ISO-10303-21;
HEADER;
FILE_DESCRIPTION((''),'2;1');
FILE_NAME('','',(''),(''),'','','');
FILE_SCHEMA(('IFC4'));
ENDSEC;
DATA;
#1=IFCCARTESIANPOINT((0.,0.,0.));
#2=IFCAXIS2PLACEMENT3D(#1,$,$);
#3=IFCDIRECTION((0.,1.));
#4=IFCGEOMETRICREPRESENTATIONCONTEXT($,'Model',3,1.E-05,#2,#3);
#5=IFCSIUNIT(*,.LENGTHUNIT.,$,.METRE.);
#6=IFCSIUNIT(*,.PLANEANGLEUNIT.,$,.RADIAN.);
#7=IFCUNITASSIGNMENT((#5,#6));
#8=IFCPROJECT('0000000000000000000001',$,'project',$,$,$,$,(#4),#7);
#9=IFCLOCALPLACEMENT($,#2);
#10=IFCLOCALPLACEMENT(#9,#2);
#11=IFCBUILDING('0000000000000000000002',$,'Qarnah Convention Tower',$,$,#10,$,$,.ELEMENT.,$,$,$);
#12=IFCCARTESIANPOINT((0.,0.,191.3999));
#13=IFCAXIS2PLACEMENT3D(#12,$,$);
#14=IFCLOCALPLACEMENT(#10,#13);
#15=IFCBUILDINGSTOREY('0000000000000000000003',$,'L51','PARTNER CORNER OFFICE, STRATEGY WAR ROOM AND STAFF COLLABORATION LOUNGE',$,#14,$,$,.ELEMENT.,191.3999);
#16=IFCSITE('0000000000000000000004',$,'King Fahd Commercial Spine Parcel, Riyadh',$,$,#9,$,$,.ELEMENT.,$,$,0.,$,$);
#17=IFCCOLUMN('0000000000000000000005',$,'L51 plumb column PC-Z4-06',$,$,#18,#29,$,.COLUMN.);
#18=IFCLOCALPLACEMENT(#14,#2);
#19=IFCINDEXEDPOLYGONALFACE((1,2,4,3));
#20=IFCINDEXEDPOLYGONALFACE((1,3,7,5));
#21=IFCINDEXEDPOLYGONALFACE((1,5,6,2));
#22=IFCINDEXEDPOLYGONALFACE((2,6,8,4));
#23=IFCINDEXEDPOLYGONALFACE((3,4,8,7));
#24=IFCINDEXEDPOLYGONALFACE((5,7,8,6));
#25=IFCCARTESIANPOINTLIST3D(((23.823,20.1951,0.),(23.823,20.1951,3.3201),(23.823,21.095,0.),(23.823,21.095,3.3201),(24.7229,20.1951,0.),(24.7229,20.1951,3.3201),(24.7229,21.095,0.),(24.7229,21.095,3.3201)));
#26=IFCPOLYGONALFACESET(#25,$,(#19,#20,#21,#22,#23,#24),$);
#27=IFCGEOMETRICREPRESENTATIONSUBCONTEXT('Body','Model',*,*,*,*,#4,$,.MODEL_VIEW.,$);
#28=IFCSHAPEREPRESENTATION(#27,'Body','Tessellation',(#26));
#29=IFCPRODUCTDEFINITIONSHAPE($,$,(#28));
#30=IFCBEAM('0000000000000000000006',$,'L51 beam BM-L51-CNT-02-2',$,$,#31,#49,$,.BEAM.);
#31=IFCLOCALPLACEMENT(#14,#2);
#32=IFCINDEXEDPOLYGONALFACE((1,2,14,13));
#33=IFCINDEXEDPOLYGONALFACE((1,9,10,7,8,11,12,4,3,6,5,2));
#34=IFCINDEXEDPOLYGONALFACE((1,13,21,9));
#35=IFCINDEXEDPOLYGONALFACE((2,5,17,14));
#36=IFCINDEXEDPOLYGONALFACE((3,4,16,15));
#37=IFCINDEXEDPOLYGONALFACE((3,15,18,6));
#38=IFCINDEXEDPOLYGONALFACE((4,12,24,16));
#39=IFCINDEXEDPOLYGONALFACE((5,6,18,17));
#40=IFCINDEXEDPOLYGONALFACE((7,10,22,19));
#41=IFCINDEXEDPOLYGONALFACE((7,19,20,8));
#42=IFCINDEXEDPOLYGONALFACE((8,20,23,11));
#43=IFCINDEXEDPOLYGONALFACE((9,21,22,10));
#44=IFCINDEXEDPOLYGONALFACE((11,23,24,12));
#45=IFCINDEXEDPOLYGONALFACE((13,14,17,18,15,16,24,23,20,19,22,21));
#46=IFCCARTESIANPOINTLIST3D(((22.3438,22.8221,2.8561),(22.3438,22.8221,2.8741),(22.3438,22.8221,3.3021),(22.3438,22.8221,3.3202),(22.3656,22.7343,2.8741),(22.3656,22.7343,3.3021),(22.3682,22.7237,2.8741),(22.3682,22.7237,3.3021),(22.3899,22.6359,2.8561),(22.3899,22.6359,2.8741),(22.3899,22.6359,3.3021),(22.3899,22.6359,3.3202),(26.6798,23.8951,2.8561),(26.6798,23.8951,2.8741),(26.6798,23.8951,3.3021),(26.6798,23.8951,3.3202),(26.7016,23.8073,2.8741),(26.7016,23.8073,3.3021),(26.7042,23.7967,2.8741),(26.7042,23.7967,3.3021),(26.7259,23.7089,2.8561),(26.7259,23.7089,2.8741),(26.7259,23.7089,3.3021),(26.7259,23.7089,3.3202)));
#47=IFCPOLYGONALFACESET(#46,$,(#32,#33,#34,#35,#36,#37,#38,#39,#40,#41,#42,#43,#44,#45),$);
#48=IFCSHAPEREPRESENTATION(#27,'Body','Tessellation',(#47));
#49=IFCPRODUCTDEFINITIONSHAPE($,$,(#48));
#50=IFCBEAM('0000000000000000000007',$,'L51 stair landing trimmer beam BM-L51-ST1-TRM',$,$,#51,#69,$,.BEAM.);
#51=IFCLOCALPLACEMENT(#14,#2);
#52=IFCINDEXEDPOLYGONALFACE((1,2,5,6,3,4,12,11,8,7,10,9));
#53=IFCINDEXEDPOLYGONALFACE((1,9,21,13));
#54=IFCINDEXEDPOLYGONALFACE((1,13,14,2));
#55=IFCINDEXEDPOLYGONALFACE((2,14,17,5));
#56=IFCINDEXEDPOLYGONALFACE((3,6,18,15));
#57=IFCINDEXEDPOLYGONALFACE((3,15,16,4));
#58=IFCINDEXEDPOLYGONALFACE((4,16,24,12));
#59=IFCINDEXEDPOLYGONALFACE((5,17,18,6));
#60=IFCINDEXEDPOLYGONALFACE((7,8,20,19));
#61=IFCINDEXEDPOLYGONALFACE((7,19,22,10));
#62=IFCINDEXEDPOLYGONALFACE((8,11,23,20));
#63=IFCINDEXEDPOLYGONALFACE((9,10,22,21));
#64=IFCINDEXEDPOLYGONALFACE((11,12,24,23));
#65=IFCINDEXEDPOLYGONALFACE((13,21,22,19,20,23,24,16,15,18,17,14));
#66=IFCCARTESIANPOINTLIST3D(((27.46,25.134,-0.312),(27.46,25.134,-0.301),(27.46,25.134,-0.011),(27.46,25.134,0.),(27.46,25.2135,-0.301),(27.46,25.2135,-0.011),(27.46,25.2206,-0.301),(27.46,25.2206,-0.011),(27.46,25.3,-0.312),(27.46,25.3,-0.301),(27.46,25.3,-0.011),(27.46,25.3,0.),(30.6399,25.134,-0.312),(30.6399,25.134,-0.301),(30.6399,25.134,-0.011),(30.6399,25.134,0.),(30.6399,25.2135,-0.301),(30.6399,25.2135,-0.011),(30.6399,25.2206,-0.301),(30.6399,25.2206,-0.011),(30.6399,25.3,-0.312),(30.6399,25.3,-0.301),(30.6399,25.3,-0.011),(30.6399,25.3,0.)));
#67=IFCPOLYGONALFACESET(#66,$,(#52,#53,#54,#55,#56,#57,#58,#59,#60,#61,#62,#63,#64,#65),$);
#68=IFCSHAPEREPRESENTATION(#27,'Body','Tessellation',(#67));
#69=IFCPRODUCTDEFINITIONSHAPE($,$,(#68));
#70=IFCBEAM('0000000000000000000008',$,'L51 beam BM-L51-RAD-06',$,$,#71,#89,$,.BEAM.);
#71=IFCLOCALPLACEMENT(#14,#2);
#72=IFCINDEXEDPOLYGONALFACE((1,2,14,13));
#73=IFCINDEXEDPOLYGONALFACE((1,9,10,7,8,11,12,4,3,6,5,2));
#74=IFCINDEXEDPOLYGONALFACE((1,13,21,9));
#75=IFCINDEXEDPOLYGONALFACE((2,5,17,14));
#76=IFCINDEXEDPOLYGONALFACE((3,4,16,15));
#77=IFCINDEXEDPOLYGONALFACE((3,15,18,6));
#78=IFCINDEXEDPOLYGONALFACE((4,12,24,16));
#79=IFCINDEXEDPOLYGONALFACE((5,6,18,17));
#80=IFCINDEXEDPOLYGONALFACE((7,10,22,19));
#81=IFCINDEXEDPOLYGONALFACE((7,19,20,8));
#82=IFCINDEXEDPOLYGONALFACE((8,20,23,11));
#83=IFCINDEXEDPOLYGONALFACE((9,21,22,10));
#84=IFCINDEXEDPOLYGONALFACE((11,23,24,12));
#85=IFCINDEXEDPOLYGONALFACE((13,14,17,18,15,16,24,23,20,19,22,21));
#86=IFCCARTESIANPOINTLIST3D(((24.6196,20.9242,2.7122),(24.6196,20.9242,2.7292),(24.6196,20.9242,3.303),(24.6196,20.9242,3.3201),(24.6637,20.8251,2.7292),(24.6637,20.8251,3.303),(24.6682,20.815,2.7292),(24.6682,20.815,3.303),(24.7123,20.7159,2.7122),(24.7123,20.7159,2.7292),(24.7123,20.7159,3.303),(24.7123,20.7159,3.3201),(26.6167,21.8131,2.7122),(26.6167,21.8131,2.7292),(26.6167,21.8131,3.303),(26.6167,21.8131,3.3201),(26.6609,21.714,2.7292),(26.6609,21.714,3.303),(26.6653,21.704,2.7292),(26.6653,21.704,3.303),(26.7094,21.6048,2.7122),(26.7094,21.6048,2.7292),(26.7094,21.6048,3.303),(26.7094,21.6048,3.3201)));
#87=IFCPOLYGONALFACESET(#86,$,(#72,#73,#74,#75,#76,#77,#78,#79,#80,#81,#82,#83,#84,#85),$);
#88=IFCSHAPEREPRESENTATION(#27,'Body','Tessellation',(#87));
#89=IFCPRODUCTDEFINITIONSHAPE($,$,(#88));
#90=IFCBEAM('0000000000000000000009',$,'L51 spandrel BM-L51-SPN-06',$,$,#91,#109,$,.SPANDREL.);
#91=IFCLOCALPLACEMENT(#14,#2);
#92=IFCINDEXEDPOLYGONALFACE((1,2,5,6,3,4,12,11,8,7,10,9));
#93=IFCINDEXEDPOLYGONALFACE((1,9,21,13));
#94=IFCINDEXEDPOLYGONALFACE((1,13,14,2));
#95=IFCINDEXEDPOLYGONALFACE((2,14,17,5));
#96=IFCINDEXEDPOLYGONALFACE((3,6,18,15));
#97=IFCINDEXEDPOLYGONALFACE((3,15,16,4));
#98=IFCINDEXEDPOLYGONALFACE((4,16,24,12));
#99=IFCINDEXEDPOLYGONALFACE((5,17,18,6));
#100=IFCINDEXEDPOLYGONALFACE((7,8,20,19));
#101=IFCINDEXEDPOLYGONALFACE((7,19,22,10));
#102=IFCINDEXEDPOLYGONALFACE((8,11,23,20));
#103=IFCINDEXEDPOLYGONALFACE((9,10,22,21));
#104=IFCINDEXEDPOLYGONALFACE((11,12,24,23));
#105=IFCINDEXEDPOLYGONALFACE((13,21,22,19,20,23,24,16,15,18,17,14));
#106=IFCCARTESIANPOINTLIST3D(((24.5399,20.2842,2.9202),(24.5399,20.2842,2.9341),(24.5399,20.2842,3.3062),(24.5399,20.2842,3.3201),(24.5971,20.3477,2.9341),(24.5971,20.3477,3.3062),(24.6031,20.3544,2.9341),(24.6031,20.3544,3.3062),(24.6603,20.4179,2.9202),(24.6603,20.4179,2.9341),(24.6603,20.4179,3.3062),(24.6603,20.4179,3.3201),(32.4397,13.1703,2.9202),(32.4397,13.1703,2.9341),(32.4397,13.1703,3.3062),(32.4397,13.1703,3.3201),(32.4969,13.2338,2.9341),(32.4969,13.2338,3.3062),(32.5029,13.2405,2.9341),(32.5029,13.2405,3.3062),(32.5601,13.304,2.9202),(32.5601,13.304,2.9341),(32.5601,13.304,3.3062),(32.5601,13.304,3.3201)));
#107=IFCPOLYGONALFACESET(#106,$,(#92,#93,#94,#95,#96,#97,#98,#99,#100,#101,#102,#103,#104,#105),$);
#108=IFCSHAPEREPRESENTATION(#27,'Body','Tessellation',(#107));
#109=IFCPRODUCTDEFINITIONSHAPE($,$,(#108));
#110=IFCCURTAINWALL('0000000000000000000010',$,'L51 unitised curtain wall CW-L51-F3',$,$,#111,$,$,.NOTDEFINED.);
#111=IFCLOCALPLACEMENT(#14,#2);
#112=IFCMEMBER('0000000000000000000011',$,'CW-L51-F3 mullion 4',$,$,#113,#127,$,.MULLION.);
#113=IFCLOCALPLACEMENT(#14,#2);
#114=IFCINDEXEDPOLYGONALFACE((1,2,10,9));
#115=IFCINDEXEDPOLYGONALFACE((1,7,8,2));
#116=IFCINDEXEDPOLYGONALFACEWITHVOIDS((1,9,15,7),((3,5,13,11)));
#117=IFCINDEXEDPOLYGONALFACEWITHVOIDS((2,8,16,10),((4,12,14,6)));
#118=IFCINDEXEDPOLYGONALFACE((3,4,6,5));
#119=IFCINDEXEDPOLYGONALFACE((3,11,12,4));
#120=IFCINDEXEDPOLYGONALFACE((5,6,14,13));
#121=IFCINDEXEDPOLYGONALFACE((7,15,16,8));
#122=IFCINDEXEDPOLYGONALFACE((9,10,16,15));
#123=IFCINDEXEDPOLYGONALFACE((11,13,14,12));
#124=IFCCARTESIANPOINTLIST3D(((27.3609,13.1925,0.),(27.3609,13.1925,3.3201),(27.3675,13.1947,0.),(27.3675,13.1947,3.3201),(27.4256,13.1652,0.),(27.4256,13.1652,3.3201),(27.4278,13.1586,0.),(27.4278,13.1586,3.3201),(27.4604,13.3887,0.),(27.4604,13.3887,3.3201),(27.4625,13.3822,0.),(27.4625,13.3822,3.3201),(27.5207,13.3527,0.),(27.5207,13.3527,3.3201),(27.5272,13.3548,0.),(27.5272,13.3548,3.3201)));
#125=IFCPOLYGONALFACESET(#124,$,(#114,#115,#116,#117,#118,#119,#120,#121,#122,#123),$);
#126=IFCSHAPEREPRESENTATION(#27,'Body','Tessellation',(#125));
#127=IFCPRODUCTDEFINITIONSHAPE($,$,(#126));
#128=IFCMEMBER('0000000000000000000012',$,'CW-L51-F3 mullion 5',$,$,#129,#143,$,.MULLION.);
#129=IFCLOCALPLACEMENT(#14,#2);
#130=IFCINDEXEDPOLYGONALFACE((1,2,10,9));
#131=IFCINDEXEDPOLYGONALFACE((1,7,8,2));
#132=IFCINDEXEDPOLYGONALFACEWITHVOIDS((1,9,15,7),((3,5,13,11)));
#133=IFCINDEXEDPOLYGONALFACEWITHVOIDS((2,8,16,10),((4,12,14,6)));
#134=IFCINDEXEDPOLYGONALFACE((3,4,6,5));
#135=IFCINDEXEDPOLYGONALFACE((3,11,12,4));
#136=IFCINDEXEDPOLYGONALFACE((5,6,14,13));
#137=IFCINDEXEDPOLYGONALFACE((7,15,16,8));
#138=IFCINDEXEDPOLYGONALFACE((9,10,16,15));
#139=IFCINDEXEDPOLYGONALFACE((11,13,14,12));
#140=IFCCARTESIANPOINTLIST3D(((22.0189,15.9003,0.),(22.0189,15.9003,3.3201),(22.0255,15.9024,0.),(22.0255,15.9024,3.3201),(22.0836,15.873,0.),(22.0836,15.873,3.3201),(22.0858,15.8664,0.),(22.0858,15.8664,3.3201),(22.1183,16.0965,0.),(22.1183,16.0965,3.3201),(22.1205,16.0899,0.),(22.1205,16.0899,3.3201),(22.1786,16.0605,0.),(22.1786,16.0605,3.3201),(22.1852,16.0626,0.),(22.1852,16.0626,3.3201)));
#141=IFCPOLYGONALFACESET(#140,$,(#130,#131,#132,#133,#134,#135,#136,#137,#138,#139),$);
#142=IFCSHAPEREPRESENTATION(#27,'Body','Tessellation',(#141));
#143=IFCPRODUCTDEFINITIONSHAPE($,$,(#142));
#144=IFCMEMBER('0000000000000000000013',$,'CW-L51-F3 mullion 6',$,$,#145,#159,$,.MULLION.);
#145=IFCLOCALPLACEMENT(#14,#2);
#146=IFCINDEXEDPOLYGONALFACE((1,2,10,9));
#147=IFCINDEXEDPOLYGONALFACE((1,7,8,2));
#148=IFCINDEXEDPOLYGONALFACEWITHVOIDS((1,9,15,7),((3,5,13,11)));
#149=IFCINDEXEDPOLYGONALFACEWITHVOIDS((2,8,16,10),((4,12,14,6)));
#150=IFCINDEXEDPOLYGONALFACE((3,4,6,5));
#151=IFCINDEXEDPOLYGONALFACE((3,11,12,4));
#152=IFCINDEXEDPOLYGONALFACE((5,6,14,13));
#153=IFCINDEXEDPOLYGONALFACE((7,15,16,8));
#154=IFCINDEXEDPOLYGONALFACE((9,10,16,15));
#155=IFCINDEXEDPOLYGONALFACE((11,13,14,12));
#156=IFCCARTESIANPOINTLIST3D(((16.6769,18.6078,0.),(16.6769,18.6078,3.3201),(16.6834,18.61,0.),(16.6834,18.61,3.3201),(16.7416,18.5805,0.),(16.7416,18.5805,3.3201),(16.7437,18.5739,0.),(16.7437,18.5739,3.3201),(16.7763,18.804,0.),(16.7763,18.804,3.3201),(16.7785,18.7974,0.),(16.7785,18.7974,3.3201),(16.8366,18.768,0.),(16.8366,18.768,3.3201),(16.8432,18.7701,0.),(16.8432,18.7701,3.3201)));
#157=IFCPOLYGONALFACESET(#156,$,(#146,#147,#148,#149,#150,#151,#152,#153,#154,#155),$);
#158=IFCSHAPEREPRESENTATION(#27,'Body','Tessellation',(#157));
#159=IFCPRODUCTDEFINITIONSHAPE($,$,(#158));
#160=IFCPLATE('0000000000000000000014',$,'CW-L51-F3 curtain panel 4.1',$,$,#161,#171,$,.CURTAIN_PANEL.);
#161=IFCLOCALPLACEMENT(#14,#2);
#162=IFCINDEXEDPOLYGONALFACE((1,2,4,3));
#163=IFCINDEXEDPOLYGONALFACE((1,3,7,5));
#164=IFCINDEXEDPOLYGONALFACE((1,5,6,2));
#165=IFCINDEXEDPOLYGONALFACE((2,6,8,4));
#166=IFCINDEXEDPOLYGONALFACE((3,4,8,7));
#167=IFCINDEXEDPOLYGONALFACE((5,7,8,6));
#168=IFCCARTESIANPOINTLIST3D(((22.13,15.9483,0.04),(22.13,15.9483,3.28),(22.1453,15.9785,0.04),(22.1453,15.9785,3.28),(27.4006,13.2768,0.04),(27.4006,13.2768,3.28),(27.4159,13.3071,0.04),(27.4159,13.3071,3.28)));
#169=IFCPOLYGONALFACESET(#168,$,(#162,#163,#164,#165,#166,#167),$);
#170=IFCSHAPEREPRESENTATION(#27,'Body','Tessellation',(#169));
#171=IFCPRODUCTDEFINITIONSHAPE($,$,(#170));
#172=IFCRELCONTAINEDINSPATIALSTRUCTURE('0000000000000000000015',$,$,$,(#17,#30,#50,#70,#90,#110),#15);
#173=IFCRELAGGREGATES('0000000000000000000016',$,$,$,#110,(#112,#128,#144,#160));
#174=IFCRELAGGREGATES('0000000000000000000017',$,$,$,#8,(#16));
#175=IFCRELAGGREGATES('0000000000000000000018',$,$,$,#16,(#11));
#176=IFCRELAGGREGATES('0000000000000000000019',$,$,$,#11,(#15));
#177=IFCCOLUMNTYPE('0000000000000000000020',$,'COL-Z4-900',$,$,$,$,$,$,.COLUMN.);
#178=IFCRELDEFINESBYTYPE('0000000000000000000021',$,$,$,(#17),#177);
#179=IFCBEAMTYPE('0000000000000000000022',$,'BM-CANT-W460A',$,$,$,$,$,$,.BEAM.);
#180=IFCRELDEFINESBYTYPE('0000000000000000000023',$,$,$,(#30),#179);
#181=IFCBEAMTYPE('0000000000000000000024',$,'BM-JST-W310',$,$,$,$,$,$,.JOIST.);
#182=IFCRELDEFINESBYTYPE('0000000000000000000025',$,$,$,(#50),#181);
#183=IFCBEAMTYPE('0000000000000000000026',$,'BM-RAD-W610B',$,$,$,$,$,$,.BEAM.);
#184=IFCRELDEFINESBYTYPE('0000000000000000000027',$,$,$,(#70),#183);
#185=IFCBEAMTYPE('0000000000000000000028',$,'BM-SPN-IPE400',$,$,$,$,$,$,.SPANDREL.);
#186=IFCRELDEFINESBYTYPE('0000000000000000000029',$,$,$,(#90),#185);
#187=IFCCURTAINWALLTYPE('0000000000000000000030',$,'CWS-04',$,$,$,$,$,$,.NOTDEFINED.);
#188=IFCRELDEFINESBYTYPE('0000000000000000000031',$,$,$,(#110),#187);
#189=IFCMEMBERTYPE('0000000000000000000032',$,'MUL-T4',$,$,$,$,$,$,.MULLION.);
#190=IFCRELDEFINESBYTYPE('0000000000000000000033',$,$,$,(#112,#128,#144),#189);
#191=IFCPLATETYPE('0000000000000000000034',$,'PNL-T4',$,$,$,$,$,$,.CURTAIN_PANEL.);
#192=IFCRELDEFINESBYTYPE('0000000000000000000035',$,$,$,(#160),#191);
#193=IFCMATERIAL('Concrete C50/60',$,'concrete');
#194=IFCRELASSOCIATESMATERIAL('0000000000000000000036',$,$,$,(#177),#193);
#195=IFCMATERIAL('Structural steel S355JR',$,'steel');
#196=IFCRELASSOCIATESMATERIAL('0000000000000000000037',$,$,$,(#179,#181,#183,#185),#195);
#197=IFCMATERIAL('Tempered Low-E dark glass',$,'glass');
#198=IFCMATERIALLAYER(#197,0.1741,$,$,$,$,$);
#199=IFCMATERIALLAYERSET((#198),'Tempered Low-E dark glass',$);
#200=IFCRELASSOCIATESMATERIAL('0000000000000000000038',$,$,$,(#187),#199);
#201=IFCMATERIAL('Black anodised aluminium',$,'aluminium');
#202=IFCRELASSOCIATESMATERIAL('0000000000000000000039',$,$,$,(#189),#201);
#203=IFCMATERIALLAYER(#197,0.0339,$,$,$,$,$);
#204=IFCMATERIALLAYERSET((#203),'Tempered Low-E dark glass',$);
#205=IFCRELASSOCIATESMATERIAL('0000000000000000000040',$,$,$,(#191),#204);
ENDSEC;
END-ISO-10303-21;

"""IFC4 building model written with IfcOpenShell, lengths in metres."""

from ifc_helpers import new_model, si_unit, direction, frame, origin, origin_2d, place, context, subcontext, project, spatial, rectangle, hollow_rectangle, i_section, extrude, material, layer, layer_set, material_profile, profile_set, type_object, element, aggregate, save


model = new_model("IFC4")

# Units and contexts
model_context = context("Model", 3, precision=1e-05, world=origin(), true_north=direction((0.0, 1.0)))
body_context = subcontext(model_context, "Body", "Model", "MODEL_VIEW")
ifc_project = project(units=[si_unit("LENGTHUNIT", "METRE"), si_unit("PLANEANGLEUNIT", "RADIAN")], contexts=[model_context])

# Site, building, storey
site_placement = place(None, origin())
site = spatial("IfcSite", under=ifc_project, at=site_placement, Name="King Fahd Commercial Spine Parcel, Riyadh", CompositionType="ELEMENT", RefElevation=0.0)
building_placement = place(site_placement, origin())
building = spatial("IfcBuilding", under=site, at=building_placement, Name="Qarnah Convention Tower", CompositionType="ELEMENT")
storey_placement = place(building_placement, frame((0.0, 0.0, 191.3999)))
storey = spatial("IfcBuildingStorey", under=building, at=storey_placement, Name="L51", Description="PARTNER CORNER OFFICE, STRATEGY WAR ROOM AND STAFF COLLABORATION LOUNGE", CompositionType="ELEMENT", Elevation=191.3999)

# Column
ifc_material_1 = material(Name="Concrete C50/60", Category="concrete")
ifc_material_profile_1 = material_profile(ifc_material_1, rectangle(XDim=0.8999, YDim=0.8999, at=origin_2d()), Name="RC-COL-900X900")
ifc_profile_set_1 = profile_set([ifc_material_profile_1], Name="Concrete C50/60")
column_type = type_object("IfcColumnType", Name="COL-Z4-900", PredefinedType="COLUMN", material=ifc_profile_set_1)
column_placement = place(storey_placement, frame((24.2729, 20.645, 0.0), z_axis=(0.0, 0.0, 1.0), x_axis=(1.0, 0.0, 0.0)))
element("IfcColumn", 1, at=column_placement, inside=storey, type_object=column_type, Name="L51 plumb column PC-Z4-06", PredefinedType="COLUMN", context=body_context, shape_type="SweptSolid", body=[
    extrude(rectangle(XDim=0.8999, YDim=0.8999, at=origin_2d()), origin(), (0.0, 0.0, 1.0), 3.3201),
])

# Beams
ifc_material_2 = material(Name="Structural steel S355JR", Category="steel")
ifc_material_profile_2 = material_profile(ifc_material_2, i_section(OverallWidth=0.1919, OverallDepth=0.4641, WebThickness=0.011, FlangeThickness=0.0181, at=origin_2d()), Name="W460X89")
ifc_profile_set_2 = profile_set([ifc_material_profile_2], Name="Structural steel S355JR")
beam_type_1 = type_object("IfcBeamType", Name="BM-CANT-W460A", PredefinedType="BEAM", material=ifc_profile_set_2)
beam_1_placement = place(storey_placement, frame((26.7029, 23.802, 3.0881), z_axis=(-0.970718, -0.24022, 0.0), x_axis=(0.24022, -0.970718, 0.0)))
element("IfcBeam", 2, at=beam_1_placement, inside=storey, type_object=beam_type_1, Name="L51 beam BM-L51-CNT-02-2", PredefinedType="BEAM", context=body_context, shape_type="SweptSolid", body=[
    extrude(i_section(OverallWidth=0.1919, OverallDepth=0.4641, WebThickness=0.011, FlangeThickness=0.0181, at=origin_2d()), origin(), (0.0, 0.0, 1.0), 4.4668),
])
ifc_material_profile_3 = material_profile(ifc_material_2, i_section(OverallWidth=0.166, OverallDepth=0.312, WebThickness=0.0071, FlangeThickness=0.011, at=origin_2d()), Name="W310X45")
ifc_profile_set_3 = profile_set([ifc_material_profile_3], Name="Structural steel S355JR")
beam_type_2 = type_object("IfcBeamType", Name="BM-JST-W310", PredefinedType="JOIST", material=ifc_profile_set_3)
beam_2_placement = place(storey_placement, frame((27.46, 25.217, -0.156), z_axis=(1.0, 0.0, 0.0), x_axis=(0.0, 1.0, 0.0)))
element("IfcBeam", 3, at=beam_2_placement, inside=storey, type_object=beam_type_2, Name="L51 stair landing trimmer beam BM-L51-ST1-TRM", PredefinedType="BEAM", context=body_context, shape_type="SweptSolid", body=[
    extrude(i_section(OverallWidth=0.166, OverallDepth=0.312, WebThickness=0.0071, FlangeThickness=0.011, at=origin_2d()), origin(), (0.0, 0.0, 1.0), 3.1799),
])
ifc_material_profile_4 = material_profile(ifc_material_2, i_section(OverallWidth=0.228, OverallDepth=0.6079, WebThickness=0.011, FlangeThickness=0.0171, at=origin_2d()), Name="W610X113")
ifc_profile_set_4 = profile_set([ifc_material_profile_4], Name="Structural steel S355JR")
beam_type_3 = type_object("IfcBeamType", Name="BM-RAD-W610B", PredefinedType="BEAM", material=ifc_profile_set_4)
beam_3_placement = place(storey_placement, frame((26.6631, 21.709, 3.0161), z_axis=(-0.913586, -0.406646, 0.0), x_axis=(0.406646, -0.913586, 0.0)))
element("IfcBeam", 4, at=beam_3_placement, inside=storey, type_object=beam_type_3, Name="L51 beam BM-L51-RAD-06", PredefinedType="BEAM", context=body_context, shape_type="SweptSolid", body=[
    extrude(i_section(OverallWidth=0.228, OverallDepth=0.6079, WebThickness=0.011, FlangeThickness=0.0171, at=origin_2d()), origin(), (0.0, 0.0, 1.0), 2.186),
])
ifc_material_profile_5 = material_profile(ifc_material_2, i_section(OverallWidth=0.1799, OverallDepth=0.3999, WebThickness=0.009, FlangeThickness=0.0139, at=origin_2d()), Name="IPE400")
ifc_profile_set_5 = profile_set([ifc_material_profile_5], Name="Structural steel S355JR")
beam_type_4 = type_object("IfcBeamType", Name="BM-SPN-IPE400", PredefinedType="SPANDREL", material=ifc_profile_set_5)
beam_4_placement = place(storey_placement, frame((24.6001, 20.3511, 3.1201), z_axis=(0.743102, -0.669178, 0.0), x_axis=(0.669178, 0.743102, 0.0)))
element("IfcBeam", 5, at=beam_4_placement, inside=storey, type_object=beam_type_4, Name="L51 spandrel BM-L51-SPN-06", PredefinedType="SPANDREL", context=body_context, shape_type="SweptSolid", body=[
    extrude(i_section(OverallWidth=0.1799, OverallDepth=0.3999, WebThickness=0.009, FlangeThickness=0.0139, at=origin_2d()), origin(), (0.0, 0.0, 1.0), 10.6309),
])

# Curtain wall, members, plate
ifc_material_3 = material(Name="Tempered Low-E dark glass", Category="glass")
ifc_layer_1 = layer(ifc_material_3, 0.1741)
ifc_layer_set_1 = layer_set([ifc_layer_1], Name="Tempered Low-E dark glass")
curtain_wall_type = type_object("IfcCurtainWallType", Name="CWS-04", PredefinedType="NOTDEFINED", material=ifc_layer_set_1)
curtain_wall_placement = place(storey_placement, origin())
curtain_wall = element("IfcCurtainWall", 6, at=curtain_wall_placement, inside=storey, type_object=curtain_wall_type, Name="L51 unitised curtain wall CW-L51-F3", PredefinedType="NOTDEFINED")
ifc_material_4 = material(Name="Black anodised aluminium", Category="aluminium")
ifc_material_profile_6 = material_profile(ifc_material_4, hollow_rectangle(XDim=0.075, YDim=0.22, WallThickness=0.0049, at=origin_2d()), Name="MUL-75X220")
ifc_profile_set_6 = profile_set([ifc_material_profile_6], Name="Black anodised aluminium")
member_type = type_object("IfcMemberType", Name="MUL-T4", PredefinedType="MULLION", material=ifc_profile_set_6)
member_1_placement = place(storey_placement, frame((27.4441, 13.2737, 0.0), z_axis=(0.0, 0.0, 1.0), x_axis=(-0.891969, 0.452096, 0.0)))
member_1 = element("IfcMember", 7, at=member_1_placement, type_object=member_type, Name="CW-L51-F3 mullion 4", PredefinedType="MULLION", context=body_context, shape_type="SweptSolid", body=[
    extrude(hollow_rectangle(XDim=0.075, YDim=0.22, WallThickness=0.0049, at=origin_2d()), origin(), (0.0, 0.0, 1.0), 3.3201),
])
member_2_placement = place(storey_placement, frame((22.1021, 15.9814, 0.0), z_axis=(0.0, 0.0, 1.0), x_axis=(-0.891969, 0.452096, 0.0)))
member_2 = element("IfcMember", 8, at=member_2_placement, type_object=member_type, Name="CW-L51-F3 mullion 5", PredefinedType="MULLION", context=body_context, shape_type="SweptSolid", body=[
    extrude(hollow_rectangle(XDim=0.075, YDim=0.22, WallThickness=0.0049, at=origin_2d()), origin(), (0.0, 0.0, 1.0), 3.3201),
])
member_3_placement = place(storey_placement, frame((16.76, 18.689, 0.0), z_axis=(0.0, 0.0, 1.0), x_axis=(-0.891969, 0.452096, 0.0)))
member_3 = element("IfcMember", 9, at=member_3_placement, type_object=member_type, Name="CW-L51-F3 mullion 6", PredefinedType="MULLION", context=body_context, shape_type="SweptSolid", body=[
    extrude(hollow_rectangle(XDim=0.075, YDim=0.22, WallThickness=0.0049, at=origin_2d()), origin(), (0.0, 0.0, 1.0), 3.3201),
])
ifc_layer_2 = layer(ifc_material_3, 0.0339)
ifc_layer_set_2 = layer_set([ifc_layer_2], Name="Tempered Low-E dark glass")
plate_type = type_object("IfcPlateType", Name="PNL-T4", PredefinedType="CURTAIN_PANEL", material=ifc_layer_set_2)
plate_1_placement = place(storey_placement, frame((24.7729, 14.6277, 0.04), z_axis=(0.0, 0.0, 1.0), x_axis=(-0.891969, 0.452096, 0.0)))
plate_1 = element("IfcPlate", 10, at=plate_1_placement, type_object=plate_type, Name="CW-L51-F3 curtain panel 4.1", PredefinedType="CURTAIN_PANEL", context=body_context, shape_type="SweptSolid", body=[
    extrude(rectangle(XDim=5.9089, YDim=0.0339, at=origin_2d()), origin(), (0.0, 0.0, 1.0), 3.24),
])
aggregate(curtain_wall, [member_1, member_2, member_3, plate_1])

save(model, "model.ifc")
